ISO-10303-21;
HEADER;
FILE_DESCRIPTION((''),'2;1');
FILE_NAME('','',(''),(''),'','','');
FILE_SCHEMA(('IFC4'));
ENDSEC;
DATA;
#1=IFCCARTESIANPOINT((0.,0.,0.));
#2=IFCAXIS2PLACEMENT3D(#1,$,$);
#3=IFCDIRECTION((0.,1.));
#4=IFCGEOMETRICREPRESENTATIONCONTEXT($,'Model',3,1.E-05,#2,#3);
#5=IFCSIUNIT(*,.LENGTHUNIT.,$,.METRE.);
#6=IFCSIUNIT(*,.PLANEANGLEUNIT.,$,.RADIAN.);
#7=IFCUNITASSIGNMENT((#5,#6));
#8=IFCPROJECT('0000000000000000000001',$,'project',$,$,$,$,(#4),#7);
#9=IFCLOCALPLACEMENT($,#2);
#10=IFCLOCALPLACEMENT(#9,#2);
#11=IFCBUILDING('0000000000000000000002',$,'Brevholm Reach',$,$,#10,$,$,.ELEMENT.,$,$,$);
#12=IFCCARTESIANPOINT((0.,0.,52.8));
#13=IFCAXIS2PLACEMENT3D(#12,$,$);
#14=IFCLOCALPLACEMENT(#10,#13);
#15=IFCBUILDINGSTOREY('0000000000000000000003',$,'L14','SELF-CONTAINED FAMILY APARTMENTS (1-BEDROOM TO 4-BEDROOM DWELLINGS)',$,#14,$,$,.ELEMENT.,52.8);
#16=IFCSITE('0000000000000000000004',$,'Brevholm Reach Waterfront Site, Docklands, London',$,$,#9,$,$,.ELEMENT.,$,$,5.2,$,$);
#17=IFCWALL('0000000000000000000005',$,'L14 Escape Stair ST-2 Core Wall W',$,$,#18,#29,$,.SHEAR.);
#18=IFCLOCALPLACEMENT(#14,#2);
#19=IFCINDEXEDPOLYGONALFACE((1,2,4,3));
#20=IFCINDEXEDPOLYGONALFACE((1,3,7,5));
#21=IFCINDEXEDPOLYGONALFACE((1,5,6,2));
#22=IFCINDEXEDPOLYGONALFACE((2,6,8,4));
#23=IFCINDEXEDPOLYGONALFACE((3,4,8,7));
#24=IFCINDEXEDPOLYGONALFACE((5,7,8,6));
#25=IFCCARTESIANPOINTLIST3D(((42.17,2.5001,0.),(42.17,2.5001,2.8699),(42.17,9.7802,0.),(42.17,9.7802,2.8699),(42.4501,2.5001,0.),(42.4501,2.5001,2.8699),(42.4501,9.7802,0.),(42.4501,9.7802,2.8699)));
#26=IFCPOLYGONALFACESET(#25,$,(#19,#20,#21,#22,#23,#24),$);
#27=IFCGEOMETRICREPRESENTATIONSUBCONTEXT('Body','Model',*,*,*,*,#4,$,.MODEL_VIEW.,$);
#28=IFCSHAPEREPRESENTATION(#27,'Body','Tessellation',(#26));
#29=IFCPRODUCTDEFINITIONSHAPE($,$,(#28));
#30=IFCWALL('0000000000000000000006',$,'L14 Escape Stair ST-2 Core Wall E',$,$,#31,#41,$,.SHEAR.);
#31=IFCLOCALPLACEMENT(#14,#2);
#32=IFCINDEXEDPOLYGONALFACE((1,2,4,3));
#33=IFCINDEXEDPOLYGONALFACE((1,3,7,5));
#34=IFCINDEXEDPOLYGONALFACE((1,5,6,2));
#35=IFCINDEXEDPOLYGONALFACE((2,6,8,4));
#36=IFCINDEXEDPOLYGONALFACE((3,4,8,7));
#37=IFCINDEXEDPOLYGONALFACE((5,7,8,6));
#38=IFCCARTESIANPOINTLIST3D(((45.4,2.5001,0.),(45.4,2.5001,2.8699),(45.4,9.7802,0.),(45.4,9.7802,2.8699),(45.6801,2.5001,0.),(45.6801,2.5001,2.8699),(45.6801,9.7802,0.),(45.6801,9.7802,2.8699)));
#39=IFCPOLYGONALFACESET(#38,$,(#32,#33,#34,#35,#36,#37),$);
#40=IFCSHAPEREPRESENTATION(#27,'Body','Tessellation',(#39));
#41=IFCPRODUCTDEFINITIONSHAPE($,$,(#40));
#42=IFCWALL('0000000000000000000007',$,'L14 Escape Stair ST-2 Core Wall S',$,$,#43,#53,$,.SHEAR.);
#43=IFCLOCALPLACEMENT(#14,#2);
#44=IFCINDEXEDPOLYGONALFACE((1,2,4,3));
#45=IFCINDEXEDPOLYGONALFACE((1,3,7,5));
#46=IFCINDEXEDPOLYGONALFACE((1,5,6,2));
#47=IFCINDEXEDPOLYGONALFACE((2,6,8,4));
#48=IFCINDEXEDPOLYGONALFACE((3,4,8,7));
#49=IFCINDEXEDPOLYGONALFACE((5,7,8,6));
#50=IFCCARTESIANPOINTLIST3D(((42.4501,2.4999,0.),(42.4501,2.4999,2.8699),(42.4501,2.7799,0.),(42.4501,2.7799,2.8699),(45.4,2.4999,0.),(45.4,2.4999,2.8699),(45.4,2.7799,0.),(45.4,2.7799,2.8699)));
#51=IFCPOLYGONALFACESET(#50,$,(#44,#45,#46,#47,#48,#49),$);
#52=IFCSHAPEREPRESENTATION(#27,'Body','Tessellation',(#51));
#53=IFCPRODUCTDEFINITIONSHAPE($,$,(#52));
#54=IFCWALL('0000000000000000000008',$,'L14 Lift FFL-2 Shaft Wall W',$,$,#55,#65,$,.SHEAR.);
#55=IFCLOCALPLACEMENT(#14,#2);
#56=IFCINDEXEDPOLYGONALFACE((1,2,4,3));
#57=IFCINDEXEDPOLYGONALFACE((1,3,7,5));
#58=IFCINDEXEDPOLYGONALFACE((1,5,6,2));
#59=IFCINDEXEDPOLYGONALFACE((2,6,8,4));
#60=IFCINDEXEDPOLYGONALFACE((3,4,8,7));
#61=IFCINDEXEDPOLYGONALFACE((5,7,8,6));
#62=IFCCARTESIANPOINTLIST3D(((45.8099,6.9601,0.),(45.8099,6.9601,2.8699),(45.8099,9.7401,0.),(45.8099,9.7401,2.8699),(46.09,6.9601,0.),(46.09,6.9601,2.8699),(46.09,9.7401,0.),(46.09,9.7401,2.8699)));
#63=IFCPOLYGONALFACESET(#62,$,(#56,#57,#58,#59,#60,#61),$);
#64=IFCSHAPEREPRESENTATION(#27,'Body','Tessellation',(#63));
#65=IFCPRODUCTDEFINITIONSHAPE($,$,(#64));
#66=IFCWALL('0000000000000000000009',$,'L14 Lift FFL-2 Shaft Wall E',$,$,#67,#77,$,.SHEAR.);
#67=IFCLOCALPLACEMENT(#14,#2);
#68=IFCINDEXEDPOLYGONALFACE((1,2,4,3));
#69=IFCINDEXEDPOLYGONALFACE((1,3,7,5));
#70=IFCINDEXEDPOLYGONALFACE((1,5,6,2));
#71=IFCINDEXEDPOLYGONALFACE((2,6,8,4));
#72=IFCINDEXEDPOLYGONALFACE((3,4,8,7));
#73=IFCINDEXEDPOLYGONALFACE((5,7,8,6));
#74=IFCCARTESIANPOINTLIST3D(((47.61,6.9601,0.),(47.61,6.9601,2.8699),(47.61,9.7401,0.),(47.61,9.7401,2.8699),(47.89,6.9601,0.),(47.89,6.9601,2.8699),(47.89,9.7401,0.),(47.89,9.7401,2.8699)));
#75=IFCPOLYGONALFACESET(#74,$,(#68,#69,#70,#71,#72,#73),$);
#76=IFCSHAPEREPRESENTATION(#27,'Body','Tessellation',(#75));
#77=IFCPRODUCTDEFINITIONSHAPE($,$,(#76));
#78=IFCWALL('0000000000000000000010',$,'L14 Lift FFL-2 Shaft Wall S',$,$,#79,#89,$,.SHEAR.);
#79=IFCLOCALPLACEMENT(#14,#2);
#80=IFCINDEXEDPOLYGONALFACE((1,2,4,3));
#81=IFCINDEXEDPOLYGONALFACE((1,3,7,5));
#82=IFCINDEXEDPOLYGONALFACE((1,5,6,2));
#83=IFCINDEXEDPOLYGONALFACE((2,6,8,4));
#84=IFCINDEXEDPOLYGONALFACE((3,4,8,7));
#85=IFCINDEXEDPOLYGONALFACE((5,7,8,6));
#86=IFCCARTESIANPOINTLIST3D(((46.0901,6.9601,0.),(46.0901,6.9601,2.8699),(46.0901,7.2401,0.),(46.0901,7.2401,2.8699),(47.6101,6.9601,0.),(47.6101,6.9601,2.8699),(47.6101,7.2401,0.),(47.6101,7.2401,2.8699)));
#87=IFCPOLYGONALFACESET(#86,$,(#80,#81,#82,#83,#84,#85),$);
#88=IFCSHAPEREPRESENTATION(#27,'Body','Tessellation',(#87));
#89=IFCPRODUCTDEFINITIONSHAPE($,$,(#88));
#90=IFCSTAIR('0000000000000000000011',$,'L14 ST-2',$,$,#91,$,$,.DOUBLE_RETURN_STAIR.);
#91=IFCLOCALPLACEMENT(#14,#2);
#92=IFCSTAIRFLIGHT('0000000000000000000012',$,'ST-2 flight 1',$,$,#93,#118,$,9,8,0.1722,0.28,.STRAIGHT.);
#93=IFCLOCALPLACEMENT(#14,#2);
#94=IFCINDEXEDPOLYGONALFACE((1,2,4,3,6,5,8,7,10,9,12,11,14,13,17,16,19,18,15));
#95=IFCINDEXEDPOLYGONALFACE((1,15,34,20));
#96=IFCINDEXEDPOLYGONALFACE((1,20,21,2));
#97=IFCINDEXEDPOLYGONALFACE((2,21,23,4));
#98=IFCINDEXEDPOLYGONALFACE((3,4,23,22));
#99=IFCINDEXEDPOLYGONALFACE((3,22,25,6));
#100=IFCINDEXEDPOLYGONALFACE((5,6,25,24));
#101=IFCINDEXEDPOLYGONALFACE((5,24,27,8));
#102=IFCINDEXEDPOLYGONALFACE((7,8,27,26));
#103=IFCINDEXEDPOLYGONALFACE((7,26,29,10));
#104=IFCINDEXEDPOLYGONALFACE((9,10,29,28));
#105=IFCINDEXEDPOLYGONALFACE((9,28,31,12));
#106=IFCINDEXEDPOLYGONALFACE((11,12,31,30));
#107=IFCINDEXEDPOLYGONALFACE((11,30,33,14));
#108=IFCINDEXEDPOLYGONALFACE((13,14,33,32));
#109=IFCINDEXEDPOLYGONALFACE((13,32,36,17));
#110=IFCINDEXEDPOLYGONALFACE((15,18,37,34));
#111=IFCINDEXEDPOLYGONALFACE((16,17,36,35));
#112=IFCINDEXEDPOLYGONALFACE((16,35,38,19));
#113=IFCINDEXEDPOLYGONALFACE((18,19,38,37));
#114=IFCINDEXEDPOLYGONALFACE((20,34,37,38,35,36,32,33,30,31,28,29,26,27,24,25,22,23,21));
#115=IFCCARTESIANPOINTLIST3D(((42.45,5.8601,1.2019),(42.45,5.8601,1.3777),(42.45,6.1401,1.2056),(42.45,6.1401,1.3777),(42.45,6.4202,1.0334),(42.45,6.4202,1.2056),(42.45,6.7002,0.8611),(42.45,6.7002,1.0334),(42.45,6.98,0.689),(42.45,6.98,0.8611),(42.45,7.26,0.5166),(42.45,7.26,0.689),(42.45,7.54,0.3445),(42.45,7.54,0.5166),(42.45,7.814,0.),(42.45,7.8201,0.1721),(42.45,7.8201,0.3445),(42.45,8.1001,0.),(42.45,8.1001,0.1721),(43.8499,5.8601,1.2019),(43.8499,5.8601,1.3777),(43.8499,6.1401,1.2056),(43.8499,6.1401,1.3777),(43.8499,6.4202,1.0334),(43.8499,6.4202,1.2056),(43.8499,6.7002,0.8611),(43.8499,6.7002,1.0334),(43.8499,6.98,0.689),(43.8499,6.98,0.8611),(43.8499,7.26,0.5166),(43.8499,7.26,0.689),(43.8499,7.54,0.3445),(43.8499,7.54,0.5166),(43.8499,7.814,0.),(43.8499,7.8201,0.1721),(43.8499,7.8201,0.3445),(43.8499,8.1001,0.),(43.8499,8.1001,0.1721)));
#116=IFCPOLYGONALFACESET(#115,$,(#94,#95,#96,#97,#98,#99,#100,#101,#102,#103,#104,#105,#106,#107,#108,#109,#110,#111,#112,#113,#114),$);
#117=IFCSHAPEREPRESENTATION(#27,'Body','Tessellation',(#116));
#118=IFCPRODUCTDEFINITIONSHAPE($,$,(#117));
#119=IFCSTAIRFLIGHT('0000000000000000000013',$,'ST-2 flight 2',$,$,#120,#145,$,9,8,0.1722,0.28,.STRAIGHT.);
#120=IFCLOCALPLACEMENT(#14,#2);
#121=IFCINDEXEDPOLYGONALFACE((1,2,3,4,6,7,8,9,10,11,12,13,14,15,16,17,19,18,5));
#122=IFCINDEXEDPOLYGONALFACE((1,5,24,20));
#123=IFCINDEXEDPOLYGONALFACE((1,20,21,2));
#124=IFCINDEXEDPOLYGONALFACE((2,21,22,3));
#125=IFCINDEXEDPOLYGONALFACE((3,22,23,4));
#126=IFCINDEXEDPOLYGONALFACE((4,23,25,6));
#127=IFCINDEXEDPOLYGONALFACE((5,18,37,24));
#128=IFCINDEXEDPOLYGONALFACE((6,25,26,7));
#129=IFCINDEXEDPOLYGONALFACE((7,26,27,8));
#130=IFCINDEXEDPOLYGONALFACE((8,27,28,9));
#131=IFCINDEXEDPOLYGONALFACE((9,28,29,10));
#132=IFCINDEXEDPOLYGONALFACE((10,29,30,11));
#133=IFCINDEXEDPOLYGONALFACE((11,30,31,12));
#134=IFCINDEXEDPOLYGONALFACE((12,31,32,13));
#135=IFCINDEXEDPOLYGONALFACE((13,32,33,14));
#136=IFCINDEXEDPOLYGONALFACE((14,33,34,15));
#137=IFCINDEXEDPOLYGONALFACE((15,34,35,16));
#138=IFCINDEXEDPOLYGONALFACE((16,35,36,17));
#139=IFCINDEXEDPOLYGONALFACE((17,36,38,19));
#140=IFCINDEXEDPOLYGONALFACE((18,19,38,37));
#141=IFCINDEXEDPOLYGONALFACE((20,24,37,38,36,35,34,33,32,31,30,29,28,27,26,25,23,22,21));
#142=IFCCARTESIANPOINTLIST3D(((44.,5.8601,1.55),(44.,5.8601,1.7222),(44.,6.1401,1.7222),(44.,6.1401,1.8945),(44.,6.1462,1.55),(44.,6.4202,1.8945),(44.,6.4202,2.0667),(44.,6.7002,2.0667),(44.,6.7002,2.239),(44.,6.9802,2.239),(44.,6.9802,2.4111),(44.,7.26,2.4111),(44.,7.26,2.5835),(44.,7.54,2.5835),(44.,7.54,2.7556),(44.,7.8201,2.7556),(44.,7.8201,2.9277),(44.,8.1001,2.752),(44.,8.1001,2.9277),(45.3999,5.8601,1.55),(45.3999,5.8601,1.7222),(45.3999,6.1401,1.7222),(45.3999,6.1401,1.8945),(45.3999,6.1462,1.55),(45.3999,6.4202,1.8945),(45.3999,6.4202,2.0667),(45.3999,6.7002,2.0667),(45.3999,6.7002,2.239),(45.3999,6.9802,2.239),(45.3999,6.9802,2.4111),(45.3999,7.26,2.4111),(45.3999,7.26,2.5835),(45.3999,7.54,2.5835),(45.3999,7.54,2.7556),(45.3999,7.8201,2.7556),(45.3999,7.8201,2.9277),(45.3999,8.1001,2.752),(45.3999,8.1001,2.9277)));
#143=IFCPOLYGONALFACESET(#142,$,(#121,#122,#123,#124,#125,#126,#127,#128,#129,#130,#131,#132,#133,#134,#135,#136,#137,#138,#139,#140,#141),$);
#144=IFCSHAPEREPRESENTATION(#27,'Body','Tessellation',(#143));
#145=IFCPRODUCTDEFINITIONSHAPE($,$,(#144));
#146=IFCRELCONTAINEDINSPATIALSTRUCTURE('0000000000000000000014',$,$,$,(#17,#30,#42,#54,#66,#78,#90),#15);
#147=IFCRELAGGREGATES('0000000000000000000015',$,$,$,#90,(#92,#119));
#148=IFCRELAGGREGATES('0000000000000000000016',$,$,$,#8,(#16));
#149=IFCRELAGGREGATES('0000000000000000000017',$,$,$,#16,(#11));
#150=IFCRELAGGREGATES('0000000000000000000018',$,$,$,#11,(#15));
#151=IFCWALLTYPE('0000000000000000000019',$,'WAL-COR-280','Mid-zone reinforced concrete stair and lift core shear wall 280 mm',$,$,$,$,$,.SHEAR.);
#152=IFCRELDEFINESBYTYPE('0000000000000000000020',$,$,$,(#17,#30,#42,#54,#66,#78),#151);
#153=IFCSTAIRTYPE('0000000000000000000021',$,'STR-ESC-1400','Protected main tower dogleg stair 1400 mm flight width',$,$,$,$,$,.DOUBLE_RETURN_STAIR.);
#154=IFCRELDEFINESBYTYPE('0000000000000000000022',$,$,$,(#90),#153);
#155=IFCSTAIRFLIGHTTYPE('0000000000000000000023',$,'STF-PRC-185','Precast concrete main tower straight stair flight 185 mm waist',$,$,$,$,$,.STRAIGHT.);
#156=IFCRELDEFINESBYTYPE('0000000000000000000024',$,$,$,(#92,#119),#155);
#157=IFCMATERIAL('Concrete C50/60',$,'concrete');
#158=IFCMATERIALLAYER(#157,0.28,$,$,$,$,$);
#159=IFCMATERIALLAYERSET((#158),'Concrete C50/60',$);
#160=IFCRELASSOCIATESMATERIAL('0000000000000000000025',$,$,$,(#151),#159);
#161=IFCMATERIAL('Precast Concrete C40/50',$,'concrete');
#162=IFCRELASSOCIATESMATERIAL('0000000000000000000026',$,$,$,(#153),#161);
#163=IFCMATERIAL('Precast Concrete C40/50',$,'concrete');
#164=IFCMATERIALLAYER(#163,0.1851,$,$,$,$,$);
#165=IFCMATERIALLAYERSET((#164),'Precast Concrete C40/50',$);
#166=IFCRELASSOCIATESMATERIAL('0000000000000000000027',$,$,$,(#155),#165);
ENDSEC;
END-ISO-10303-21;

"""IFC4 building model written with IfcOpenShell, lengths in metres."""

from ifc_helpers import new_model, si_unit, direction, frame, frame_2d, origin, place, context, subcontext, project, spatial, polyline, rectangle, outline, extrude, material, layer, layer_set, type_object, element, aggregate, save


model = new_model("IFC4")

# Units and contexts
model_context = context("Model", 3, precision=1e-05, world=origin(), true_north=direction((0.0, 1.0)))
body_context = subcontext(model_context, "Body", "Model", "MODEL_VIEW")
ifc_project = project(units=[si_unit("LENGTHUNIT", "METRE"), si_unit("PLANEANGLEUNIT", "RADIAN")], contexts=[model_context])

# Site, building, storey
site_placement = place(None, origin())
site = spatial("IfcSite", under=ifc_project, at=site_placement, Name="Brevholm Reach Waterfront Site, Docklands, London", CompositionType="ELEMENT", RefElevation=5.2)
building_placement = place(site_placement, origin())
building = spatial("IfcBuilding", under=site, at=building_placement, Name="Brevholm Reach", CompositionType="ELEMENT")
storey_placement = place(building_placement, frame((0.0, 0.0, 52.8)))
storey = spatial("IfcBuildingStorey", under=building, at=storey_placement, Name="L14", Description="SELF-CONTAINED FAMILY APARTMENTS (1-BEDROOM TO 4-BEDROOM DWELLINGS)", CompositionType="ELEMENT", Elevation=52.8)

# Walls
ifc_material_1 = material(Name="Concrete C50/60", Category="concrete")
ifc_layer_1 = layer(ifc_material_1, 0.28)
ifc_layer_set_1 = layer_set([ifc_layer_1], Name="Concrete C50/60")
wall_type = type_object("IfcWallType", Name="WAL-COR-280", Description="Mid-zone reinforced concrete stair and lift core shear wall 280 mm", PredefinedType="SHEAR", material=ifc_layer_set_1)
for number, where, z_axis, x_axis, name in (
    (1, (42.3101, 2.5, 0.0), (0.0, 0.0, 1.0), (0.0, 1.0, 0.0), "L14 Escape Stair ST-2 Core Wall W"),
    (2, (45.54, 2.5, 0.0), (0.0, 0.0, 1.0), (0.0, 1.0, 0.0), "L14 Escape Stair ST-2 Core Wall E"),
):
    element("IfcWall", number, at=place(storey_placement, frame(where, z_axis=z_axis, x_axis=x_axis)), inside=storey, type_object=wall_type, Name=name, PredefinedType="SHEAR", context=body_context, shape_type="SweptSolid", body=[
        extrude(rectangle(XDim=7.28, YDim=0.28, at=frame_2d((3.6401, 0.0))), origin(), (0.0, 0.0, 1.0), 2.8699),
    ])
wall_1_placement = place(storey_placement, frame((42.45, 2.6399, 0.0), z_axis=(0.0, 0.0, 1.0), x_axis=(1.0, 0.0, 0.0)))
element("IfcWall", 3, at=wall_1_placement, inside=storey, type_object=wall_type, Name="L14 Escape Stair ST-2 Core Wall S", PredefinedType="SHEAR", context=body_context, shape_type="SweptSolid", body=[
    extrude(rectangle(XDim=2.95, YDim=0.28, at=frame_2d((1.4751, 0.0))), origin(), (0.0, 0.0, 1.0), 2.8699),
])
for number, where, z_axis, x_axis, name in (
    (4, (45.95, 6.96, 0.0), (0.0, 0.0, 1.0), (0.0, 1.0, 0.0), "L14 Lift FFL-2 Shaft Wall W"),
    (5, (47.75, 6.96, 0.0), (0.0, 0.0, 1.0), (0.0, 1.0, 0.0), "L14 Lift FFL-2 Shaft Wall E"),
):
    element("IfcWall", number, at=place(storey_placement, frame(where, z_axis=z_axis, x_axis=x_axis)), inside=storey, type_object=wall_type, Name=name, PredefinedType="SHEAR", context=body_context, shape_type="SweptSolid", body=[
        extrude(rectangle(XDim=2.78, YDim=0.28, at=frame_2d((1.3901, 0.0))), origin(), (0.0, 0.0, 1.0), 2.8699),
    ])
wall_2_placement = place(storey_placement, frame((46.0901, 7.1001, 0.0), z_axis=(0.0, 0.0, 1.0), x_axis=(1.0, 0.0, 0.0)))
element("IfcWall", 6, at=wall_2_placement, inside=storey, type_object=wall_type, Name="L14 Lift FFL-2 Shaft Wall S", PredefinedType="SHEAR", context=body_context, shape_type="SweptSolid", body=[
    extrude(rectangle(XDim=1.52, YDim=0.28, at=frame_2d((0.76, 0.0))), origin(), (0.0, 0.0, 1.0), 2.8699),
])

# Stair, stair flights
ifc_material_2 = material(Name="Precast Concrete C40/50", Category="concrete")
stair_type = type_object("IfcStairType", Name="STR-ESC-1400", Description="Protected main tower dogleg stair 1400 mm flight width", PredefinedType="DOUBLE_RETURN_STAIR", material=ifc_material_2)
stair_placement = place(storey_placement, origin())
stair = element("IfcStair", 7, at=stair_placement, inside=storey, type_object=stair_type, Name="L14 ST-2", PredefinedType="DOUBLE_RETURN_STAIR")
ifc_material_3 = material(Name="Precast Concrete C40/50", Category="concrete")
ifc_layer_2 = layer(ifc_material_3, 0.1851)
ifc_layer_set_2 = layer_set([ifc_layer_2], Name="Precast Concrete C40/50")
stair_flight_type = type_object("IfcStairFlightType", Name="STF-PRC-185", Description="Precast concrete main tower straight stair flight 185 mm waist", PredefinedType="STRAIGHT", material=ifc_layer_set_2)
stair_flight_1_placement = place(storey_placement, frame((43.1499, 8.1001, 0.0), z_axis=(0.0, 0.0, 1.0), x_axis=(0.0, -1.0, 0.0)))
stair_flight_1 = element("IfcStairFlight", 8, at=stair_flight_1_placement, type_object=stair_flight_type, Name="ST-2 flight 1", NumberOfRisers=9, NumberOfTreads=8, PredefinedType="STRAIGHT", RiserHeight=0.1722, TreadLength=0.28, context=body_context, shape_type="SweptSolid", body=[
    extrude(outline(polyline([(0.0, 0.0), (0.0, 0.1721), (0.28, 0.1721), (0.28, 0.3445), (0.5601, 0.3445), (0.5601, 0.5166), (0.8401, 0.5166), (0.8401, 0.689), (1.1201, 0.689), (1.1201, 0.8611), (1.3999, 0.8611), (1.3999, 1.0334), (1.6799, 1.0334), (1.6799, 1.2056), (1.96, 1.2056), (1.96, 1.3777), (2.24, 1.3777), (2.24, 1.55), (2.24, 1.2019), (0.2861, 0.0), (0.0, 0.0)])), frame((0.0, 0.7, 0.0), z_axis=(0.0, -1.0, 0.0), x_axis=(1.0, 0.0, 0.0)), (0.0, 0.0, 1.0), 1.3999),
])
stair_flight_2_placement = place(storey_placement, frame((44.7, 5.8601, 1.55), z_axis=(0.0, 0.0, 1.0), x_axis=(0.0, 1.0, 0.0)))
stair_flight_2 = element("IfcStairFlight", 9, at=stair_flight_2_placement, type_object=stair_flight_type, Name="ST-2 flight 2", NumberOfRisers=9, NumberOfTreads=8, PredefinedType="STRAIGHT", RiserHeight=0.1722, TreadLength=0.28, context=body_context, shape_type="SweptSolid", body=[
    extrude(outline(polyline([(0.0, 0.0), (0.0, 0.1721), (0.28, 0.1721), (0.28, 0.3445), (0.5601, 0.3445), (0.5601, 0.5166), (0.8401, 0.5166), (0.8401, 0.689), (1.1201, 0.689), (1.1201, 0.8611), (1.3999, 0.8611), (1.3999, 1.0334), (1.6799, 1.0334), (1.6799, 1.2056), (1.96, 1.2056), (1.96, 1.3777), (2.24, 1.3777), (2.24, 1.55), (2.24, 1.2019), (0.2861, 0.0), (0.0, 0.0)])), frame((0.0, 0.7, 0.0), z_axis=(0.0, -1.0, 0.0), x_axis=(1.0, 0.0, 0.0)), (0.0, 0.0, 1.0), 1.3999),
])
aggregate(stair, [stair_flight_1, stair_flight_2])

save(model, "model.ifc")
